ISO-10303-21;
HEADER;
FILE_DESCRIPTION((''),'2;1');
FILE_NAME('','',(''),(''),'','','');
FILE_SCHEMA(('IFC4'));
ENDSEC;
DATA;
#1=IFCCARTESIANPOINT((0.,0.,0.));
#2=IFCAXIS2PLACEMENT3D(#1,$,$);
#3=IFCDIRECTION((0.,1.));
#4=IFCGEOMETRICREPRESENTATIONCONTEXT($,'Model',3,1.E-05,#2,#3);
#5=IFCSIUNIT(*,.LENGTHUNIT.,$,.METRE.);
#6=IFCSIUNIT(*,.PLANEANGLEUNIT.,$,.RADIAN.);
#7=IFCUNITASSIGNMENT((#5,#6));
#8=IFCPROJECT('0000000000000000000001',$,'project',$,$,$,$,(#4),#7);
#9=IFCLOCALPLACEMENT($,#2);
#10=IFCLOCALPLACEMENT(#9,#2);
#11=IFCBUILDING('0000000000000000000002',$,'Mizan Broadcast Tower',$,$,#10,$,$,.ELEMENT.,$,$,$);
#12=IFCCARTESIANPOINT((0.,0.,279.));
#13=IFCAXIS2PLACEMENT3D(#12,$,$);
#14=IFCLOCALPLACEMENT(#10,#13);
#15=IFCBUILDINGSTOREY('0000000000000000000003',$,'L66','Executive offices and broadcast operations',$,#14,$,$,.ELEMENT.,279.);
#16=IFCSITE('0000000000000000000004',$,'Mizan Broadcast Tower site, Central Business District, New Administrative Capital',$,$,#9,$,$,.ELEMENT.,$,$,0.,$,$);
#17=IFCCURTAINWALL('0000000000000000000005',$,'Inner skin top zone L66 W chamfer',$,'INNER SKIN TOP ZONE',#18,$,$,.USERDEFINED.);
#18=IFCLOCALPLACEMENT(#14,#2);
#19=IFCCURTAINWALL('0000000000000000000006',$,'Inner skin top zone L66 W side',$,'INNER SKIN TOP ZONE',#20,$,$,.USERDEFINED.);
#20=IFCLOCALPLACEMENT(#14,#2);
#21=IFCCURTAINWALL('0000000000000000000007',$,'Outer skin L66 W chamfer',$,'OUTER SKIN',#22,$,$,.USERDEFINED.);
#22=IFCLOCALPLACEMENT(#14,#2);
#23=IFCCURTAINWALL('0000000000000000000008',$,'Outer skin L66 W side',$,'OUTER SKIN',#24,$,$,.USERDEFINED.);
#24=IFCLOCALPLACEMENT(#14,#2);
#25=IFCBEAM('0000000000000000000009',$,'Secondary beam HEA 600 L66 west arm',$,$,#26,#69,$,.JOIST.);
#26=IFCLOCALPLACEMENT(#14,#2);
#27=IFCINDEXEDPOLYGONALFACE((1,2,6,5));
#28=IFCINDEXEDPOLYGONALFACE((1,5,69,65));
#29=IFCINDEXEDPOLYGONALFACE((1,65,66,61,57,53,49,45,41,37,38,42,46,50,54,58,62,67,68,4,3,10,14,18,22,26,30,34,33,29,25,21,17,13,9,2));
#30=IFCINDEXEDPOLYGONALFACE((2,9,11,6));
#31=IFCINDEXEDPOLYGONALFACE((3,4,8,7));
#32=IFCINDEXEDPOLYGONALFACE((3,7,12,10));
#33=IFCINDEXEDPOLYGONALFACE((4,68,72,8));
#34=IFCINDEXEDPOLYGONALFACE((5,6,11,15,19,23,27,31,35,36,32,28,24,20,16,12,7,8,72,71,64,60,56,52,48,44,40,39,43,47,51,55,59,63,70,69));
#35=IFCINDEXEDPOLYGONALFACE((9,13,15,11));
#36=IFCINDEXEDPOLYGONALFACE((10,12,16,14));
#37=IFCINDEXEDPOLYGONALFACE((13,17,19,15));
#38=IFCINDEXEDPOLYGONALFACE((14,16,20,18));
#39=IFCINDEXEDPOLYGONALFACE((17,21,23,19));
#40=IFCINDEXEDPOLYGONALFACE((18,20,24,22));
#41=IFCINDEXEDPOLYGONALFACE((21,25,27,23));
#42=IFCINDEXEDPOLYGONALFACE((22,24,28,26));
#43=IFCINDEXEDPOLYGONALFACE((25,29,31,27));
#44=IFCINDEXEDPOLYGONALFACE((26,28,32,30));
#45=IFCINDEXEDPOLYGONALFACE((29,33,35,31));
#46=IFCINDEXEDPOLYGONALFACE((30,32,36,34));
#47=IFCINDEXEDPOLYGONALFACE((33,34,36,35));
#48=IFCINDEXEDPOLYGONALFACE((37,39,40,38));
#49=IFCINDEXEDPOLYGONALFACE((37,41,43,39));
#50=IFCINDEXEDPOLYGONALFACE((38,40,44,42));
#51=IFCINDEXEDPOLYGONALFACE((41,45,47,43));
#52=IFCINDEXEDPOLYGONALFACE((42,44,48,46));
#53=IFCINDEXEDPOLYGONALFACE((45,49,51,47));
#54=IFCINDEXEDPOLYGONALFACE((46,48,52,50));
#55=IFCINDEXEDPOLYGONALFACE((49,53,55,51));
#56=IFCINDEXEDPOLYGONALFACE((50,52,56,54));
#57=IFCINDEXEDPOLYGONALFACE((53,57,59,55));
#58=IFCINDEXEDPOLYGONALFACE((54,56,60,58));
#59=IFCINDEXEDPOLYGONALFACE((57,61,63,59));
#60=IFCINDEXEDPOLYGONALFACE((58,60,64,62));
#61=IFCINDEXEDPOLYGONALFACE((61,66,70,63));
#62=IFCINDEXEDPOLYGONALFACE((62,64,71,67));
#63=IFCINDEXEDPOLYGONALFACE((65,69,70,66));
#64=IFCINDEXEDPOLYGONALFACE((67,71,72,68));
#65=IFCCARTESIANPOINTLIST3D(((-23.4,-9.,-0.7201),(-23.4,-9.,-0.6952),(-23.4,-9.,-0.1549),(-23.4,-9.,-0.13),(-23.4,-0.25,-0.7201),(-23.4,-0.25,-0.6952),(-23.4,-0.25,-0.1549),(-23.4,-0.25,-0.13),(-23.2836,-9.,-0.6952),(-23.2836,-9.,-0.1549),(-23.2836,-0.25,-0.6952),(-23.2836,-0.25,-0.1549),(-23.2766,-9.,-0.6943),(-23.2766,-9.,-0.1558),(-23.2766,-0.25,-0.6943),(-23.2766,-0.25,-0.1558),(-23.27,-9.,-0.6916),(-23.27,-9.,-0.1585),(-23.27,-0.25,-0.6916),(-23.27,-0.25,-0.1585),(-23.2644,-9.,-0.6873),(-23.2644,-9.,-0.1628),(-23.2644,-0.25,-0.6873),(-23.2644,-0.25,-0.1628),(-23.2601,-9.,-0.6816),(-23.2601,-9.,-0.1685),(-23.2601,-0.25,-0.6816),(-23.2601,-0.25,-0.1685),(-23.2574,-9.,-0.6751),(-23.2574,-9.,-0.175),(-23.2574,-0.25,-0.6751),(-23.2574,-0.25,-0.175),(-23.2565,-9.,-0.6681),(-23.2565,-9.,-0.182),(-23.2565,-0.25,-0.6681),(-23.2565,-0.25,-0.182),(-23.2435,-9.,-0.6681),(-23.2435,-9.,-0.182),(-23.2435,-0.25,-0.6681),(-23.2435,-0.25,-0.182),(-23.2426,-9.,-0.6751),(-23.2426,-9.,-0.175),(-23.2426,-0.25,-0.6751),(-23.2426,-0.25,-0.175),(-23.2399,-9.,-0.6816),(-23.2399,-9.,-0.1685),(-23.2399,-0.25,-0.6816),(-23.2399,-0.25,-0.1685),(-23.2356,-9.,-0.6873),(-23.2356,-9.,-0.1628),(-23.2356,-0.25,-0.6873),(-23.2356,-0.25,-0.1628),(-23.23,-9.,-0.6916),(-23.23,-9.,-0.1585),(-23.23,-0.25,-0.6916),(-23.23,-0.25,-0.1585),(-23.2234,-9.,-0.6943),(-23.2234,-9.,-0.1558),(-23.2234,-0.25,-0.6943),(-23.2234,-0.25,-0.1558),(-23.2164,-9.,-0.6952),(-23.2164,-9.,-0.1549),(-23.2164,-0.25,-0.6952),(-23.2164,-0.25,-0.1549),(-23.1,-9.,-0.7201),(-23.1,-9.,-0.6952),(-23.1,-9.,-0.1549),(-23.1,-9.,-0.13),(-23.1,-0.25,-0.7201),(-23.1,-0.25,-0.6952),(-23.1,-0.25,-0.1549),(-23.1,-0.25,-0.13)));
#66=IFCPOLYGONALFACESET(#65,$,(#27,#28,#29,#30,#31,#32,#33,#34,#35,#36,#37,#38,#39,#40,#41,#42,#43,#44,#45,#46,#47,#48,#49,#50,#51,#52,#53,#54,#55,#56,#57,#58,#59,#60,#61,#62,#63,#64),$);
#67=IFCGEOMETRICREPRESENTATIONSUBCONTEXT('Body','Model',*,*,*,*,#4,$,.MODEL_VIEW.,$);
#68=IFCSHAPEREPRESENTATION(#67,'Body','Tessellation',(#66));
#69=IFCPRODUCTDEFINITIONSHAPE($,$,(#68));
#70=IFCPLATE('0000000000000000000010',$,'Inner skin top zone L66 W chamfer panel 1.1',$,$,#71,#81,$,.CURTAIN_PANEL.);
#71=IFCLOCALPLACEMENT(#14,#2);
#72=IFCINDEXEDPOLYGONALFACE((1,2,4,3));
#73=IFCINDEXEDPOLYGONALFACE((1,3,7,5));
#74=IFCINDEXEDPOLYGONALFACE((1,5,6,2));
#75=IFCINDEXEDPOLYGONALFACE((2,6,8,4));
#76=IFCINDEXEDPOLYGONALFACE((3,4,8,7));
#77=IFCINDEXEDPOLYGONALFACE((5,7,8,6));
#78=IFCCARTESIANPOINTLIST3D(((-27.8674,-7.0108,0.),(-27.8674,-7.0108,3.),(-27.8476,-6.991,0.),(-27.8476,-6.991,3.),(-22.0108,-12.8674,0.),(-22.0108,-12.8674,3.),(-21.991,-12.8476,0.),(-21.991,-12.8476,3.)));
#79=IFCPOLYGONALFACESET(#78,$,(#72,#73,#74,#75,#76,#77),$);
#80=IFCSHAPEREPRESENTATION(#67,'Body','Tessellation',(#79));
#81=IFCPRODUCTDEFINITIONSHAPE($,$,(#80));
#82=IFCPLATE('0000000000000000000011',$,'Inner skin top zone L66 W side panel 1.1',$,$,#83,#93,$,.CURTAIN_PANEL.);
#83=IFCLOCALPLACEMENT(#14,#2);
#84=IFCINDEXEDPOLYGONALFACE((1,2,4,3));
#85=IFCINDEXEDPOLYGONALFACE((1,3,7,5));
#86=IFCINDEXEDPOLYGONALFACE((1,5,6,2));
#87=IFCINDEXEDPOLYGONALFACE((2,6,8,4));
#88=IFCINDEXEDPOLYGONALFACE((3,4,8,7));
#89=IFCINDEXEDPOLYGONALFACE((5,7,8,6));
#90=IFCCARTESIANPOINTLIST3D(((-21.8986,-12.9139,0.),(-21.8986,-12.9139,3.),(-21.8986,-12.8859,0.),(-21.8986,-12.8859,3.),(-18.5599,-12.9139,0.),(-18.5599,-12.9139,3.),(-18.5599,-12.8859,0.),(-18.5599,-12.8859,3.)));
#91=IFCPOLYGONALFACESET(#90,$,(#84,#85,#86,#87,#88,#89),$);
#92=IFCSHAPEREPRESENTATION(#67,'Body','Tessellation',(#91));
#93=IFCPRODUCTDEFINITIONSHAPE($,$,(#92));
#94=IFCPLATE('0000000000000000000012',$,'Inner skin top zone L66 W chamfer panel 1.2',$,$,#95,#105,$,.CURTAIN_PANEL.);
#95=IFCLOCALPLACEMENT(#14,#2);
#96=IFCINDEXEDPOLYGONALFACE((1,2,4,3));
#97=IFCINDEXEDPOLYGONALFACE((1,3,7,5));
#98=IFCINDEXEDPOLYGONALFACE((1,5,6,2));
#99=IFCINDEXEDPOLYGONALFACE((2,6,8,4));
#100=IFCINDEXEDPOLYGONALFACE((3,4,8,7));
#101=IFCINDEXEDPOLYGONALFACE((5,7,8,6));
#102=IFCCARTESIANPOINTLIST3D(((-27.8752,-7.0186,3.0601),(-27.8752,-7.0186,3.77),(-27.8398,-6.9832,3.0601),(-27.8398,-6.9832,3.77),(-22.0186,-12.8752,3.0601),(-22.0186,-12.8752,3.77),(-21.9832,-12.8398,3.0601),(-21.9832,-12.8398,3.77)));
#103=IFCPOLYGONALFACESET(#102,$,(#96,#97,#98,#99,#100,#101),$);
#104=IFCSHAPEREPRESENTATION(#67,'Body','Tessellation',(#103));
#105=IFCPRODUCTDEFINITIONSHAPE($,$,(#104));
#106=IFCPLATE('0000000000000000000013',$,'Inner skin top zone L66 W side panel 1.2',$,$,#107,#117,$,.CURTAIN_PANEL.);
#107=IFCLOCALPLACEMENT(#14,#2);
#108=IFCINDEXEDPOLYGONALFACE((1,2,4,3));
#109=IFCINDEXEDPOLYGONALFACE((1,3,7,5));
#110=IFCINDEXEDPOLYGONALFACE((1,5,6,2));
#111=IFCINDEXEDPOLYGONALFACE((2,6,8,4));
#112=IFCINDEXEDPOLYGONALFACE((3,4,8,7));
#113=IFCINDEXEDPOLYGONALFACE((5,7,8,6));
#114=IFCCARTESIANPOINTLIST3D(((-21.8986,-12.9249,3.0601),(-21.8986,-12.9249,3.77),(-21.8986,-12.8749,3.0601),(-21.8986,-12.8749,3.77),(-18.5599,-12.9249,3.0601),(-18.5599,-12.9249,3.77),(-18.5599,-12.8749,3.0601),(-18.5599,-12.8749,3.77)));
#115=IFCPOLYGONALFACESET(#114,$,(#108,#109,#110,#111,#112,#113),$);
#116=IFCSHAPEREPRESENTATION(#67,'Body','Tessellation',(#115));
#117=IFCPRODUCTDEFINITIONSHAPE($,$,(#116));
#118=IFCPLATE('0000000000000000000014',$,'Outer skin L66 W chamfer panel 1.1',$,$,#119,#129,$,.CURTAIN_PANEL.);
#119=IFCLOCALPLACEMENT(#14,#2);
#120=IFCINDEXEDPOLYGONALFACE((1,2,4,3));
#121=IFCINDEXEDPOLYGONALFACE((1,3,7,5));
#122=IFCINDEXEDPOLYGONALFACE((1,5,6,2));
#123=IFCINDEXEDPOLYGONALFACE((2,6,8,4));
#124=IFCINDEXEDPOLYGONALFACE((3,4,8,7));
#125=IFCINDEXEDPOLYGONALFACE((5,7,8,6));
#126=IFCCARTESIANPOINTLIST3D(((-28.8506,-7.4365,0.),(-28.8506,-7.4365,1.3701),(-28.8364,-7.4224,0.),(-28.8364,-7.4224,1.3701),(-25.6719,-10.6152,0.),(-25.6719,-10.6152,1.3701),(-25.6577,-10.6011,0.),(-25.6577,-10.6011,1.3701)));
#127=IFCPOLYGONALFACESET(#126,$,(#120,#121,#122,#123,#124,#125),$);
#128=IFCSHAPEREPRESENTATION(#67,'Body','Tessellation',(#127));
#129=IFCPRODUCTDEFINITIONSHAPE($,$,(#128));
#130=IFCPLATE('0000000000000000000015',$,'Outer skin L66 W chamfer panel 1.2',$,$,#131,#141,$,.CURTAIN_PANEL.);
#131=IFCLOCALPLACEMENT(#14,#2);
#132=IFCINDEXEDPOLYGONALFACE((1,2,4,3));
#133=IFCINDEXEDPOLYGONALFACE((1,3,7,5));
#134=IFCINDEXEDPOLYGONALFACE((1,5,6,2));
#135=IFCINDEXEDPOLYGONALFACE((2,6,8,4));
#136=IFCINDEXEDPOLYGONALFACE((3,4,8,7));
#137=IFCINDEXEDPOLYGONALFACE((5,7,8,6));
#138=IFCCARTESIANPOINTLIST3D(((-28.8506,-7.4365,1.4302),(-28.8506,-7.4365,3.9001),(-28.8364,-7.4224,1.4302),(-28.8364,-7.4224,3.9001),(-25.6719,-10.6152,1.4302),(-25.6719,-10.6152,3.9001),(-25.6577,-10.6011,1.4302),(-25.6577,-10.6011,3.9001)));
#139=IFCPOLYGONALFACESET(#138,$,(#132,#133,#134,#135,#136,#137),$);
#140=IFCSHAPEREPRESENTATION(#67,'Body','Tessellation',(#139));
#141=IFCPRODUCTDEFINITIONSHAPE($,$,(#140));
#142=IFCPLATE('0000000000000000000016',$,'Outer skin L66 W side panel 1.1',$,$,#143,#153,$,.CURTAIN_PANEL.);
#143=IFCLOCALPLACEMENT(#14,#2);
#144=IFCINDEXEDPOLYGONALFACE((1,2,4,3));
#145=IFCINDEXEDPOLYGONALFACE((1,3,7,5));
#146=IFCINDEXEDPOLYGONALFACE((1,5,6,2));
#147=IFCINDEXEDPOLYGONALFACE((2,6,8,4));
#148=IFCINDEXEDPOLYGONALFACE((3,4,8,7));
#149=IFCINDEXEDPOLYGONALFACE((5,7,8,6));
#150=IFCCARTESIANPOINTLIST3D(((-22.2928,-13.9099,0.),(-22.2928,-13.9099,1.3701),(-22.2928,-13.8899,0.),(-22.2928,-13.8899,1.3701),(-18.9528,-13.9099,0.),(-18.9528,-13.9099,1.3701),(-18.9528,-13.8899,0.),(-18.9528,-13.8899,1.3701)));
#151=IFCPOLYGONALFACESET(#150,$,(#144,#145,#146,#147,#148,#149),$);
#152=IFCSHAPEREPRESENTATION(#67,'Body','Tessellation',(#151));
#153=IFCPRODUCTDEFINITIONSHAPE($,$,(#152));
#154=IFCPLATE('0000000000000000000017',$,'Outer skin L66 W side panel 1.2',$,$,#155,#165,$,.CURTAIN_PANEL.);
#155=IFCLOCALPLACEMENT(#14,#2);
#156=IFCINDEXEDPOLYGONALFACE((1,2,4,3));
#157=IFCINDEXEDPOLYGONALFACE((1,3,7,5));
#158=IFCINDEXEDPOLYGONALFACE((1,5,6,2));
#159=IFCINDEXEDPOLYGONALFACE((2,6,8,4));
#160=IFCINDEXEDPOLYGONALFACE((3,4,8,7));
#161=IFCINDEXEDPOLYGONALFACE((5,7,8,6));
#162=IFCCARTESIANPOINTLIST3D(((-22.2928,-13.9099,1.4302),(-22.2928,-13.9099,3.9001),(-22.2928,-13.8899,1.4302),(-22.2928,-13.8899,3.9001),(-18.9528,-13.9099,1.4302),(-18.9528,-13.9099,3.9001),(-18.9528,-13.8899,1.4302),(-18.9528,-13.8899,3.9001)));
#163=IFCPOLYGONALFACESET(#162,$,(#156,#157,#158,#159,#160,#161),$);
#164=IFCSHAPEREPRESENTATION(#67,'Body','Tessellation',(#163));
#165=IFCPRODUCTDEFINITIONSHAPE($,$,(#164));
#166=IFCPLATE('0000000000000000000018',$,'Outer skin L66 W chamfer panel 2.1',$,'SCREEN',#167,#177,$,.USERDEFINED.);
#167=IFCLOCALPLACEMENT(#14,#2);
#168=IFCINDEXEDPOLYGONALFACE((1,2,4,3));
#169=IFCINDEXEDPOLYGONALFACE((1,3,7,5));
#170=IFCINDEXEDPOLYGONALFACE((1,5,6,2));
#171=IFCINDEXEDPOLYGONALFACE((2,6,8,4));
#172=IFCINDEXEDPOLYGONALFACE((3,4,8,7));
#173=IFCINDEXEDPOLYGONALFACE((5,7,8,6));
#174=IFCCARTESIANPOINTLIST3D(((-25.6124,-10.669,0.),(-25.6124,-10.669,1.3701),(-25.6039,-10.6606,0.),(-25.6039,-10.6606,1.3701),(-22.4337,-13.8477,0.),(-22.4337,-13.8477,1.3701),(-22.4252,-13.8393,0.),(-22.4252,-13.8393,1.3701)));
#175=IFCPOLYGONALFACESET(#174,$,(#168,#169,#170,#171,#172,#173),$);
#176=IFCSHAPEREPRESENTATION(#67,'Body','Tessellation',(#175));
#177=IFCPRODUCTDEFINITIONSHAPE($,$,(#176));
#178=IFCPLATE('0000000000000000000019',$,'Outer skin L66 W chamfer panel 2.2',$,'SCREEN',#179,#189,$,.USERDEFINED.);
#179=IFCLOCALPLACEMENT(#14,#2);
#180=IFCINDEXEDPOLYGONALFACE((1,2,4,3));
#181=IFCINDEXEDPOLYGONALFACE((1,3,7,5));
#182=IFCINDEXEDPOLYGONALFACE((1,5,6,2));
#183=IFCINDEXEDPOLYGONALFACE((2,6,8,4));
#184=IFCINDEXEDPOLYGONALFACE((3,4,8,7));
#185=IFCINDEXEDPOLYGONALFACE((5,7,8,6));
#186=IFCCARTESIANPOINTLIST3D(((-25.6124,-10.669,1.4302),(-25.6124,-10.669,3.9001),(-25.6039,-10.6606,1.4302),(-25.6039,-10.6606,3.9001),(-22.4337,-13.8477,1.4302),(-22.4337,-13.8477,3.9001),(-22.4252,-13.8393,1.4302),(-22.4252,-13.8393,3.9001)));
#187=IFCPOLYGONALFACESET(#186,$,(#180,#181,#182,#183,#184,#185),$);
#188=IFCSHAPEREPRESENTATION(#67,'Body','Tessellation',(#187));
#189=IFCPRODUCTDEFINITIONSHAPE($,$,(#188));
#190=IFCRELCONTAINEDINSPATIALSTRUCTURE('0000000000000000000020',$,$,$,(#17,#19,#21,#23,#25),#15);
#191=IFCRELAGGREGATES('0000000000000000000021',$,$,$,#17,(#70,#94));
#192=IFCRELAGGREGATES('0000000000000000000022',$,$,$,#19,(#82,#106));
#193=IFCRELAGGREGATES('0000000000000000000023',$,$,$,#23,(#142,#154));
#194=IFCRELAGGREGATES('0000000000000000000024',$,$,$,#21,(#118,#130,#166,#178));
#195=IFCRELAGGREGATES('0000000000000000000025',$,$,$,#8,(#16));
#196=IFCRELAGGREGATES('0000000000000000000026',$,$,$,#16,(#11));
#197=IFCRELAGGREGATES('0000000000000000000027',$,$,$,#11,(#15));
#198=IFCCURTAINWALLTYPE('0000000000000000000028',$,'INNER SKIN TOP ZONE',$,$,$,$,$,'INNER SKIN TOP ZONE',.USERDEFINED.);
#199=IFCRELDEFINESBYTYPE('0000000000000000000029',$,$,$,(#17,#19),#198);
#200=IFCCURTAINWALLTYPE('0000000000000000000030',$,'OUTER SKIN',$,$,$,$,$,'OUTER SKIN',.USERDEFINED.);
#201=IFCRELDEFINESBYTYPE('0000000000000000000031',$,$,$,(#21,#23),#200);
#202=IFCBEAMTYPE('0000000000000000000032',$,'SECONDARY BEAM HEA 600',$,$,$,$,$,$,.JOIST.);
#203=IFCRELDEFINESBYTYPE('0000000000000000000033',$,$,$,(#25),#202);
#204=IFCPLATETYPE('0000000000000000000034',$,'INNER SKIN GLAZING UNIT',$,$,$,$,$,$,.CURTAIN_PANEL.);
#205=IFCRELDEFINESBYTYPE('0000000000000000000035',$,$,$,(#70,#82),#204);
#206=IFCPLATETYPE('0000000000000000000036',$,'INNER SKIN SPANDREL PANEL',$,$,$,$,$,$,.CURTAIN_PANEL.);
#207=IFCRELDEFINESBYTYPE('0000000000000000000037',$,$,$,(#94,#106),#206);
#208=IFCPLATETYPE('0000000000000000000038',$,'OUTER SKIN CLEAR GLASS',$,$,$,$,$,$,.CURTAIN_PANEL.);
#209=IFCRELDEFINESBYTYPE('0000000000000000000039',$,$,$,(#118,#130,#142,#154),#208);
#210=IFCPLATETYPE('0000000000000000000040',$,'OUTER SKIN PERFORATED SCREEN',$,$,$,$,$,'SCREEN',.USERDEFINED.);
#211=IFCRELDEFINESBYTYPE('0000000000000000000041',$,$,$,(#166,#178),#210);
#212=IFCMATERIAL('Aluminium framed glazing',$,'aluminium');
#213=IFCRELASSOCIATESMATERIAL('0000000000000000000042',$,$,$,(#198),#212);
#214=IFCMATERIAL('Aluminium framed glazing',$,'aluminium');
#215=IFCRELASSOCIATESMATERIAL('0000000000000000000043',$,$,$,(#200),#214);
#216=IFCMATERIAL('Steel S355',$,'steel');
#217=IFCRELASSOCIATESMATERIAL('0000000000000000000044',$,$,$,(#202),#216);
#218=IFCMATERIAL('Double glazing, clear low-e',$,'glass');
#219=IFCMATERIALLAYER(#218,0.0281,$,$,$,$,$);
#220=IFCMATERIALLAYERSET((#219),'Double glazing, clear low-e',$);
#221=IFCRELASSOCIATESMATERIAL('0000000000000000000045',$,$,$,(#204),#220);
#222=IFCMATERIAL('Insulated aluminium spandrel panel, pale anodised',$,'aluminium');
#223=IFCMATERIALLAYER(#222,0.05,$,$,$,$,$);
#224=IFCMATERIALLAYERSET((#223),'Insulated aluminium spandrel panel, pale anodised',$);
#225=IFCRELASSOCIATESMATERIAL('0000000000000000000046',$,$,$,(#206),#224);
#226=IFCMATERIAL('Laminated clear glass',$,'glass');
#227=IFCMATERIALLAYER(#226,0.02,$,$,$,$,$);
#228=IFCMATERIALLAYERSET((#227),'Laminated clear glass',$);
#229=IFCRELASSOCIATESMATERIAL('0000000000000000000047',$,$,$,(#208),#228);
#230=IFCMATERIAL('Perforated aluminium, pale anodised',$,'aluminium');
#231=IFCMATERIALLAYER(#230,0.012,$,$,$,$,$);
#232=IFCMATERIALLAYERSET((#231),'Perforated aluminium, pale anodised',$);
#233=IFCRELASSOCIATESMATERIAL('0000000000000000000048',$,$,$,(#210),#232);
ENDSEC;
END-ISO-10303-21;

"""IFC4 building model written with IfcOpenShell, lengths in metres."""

from ifc_helpers import new_model, si_unit, direction, frame, origin, origin_2d, place, context, subcontext, project, spatial, rectangle, i_section, extrude, material, layer, layer_set, material_profile, profile_set, type_object, element, aggregate, save


model = new_model("IFC4")

# Units and contexts
model_context = context("Model", 3, precision=1e-05, world=origin(), true_north=direction((0.0, 1.0)))
body_context = subcontext(model_context, "Body", "Model", "MODEL_VIEW")
ifc_project = project(units=[si_unit("LENGTHUNIT", "METRE"), si_unit("PLANEANGLEUNIT", "RADIAN")], contexts=[model_context])

# Site, building, storey
site_placement = place(None, origin())
site = spatial("IfcSite", under=ifc_project, at=site_placement, Name="Mizan Broadcast Tower site, Central Business District, New Administrative Capital", CompositionType="ELEMENT", RefElevation=0.0)
building_placement = place(site_placement, origin())
building = spatial("IfcBuilding", under=site, at=building_placement, Name="Mizan Broadcast Tower", CompositionType="ELEMENT")
storey_placement = place(building_placement, frame((0.0, 0.0, 279.0)))
storey = spatial("IfcBuildingStorey", under=building, at=storey_placement, Name="L66", Description="Executive offices and broadcast operations", CompositionType="ELEMENT", Elevation=279.0)

# Curtain walls
ifc_material_1 = material(Name="Aluminium framed glazing", Category="aluminium")
curtain_wall_type_1 = type_object("IfcCurtainWallType", Name="INNER SKIN TOP ZONE", ElementType="INNER SKIN TOP ZONE", PredefinedType="USERDEFINED", material=ifc_material_1)
curtain_wall_1_placement = place(storey_placement, origin())
curtain_wall_1 = element("IfcCurtainWall", 1, at=curtain_wall_1_placement, inside=storey, type_object=curtain_wall_type_1, Name="Inner skin top zone L66 W chamfer", ObjectType="INNER SKIN TOP ZONE", PredefinedType="USERDEFINED")
curtain_wall_2_placement = place(storey_placement, origin())
curtain_wall_2 = element("IfcCurtainWall", 2, at=curtain_wall_2_placement, inside=storey, type_object=curtain_wall_type_1, Name="Inner skin top zone L66 W side", ObjectType="INNER SKIN TOP ZONE", PredefinedType="USERDEFINED")

# Curtain wall
ifc_material_2 = material(Name="Aluminium framed glazing", Category="aluminium")
curtain_wall_type_2 = type_object("IfcCurtainWallType", Name="OUTER SKIN", ElementType="OUTER SKIN", PredefinedType="USERDEFINED", material=ifc_material_2)
curtain_wall_3_placement = place(storey_placement, origin())
curtain_wall_3 = element("IfcCurtainWall", 3, at=curtain_wall_3_placement, inside=storey, type_object=curtain_wall_type_2, Name="Outer skin L66 W chamfer", ObjectType="OUTER SKIN", PredefinedType="USERDEFINED")

# Curtain wall
curtain_wall_4_placement = place(storey_placement, origin())
curtain_wall_4 = element("IfcCurtainWall", 4, at=curtain_wall_4_placement, inside=storey, type_object=curtain_wall_type_2, Name="Outer skin L66 W side", ObjectType="OUTER SKIN", PredefinedType="USERDEFINED")

# Beam
ifc_material_3 = material(Name="Steel S355", Category="steel")
ifc_material_profile_1 = material_profile(ifc_material_3, i_section(OverallWidth=0.3, OverallDepth=0.5901, WebThickness=0.0129, FlangeThickness=0.0249, FilletRadius=0.0271, at=origin_2d()), Name="HEA 600")
ifc_profile_set_1 = profile_set([ifc_material_profile_1], Name="Steel S355")
beam_type_1 = type_object("IfcBeamType", Name="SECONDARY BEAM HEA 600", PredefinedType="JOIST", material=ifc_profile_set_1)
beam_1_placement = place(storey_placement, frame((-23.25, -9.0, -0.425), z_axis=(0.0, 1.0, 0.0), x_axis=(-1.0, 0.0, 0.0)))
element("IfcBeam", 5, at=beam_1_placement, inside=storey, type_object=beam_type_1, Name="Secondary beam HEA 600 L66 west arm", PredefinedType="JOIST", context=body_context, shape_type="SweptSolid", body=[
    extrude(i_section(OverallWidth=0.3, OverallDepth=0.5901, WebThickness=0.0129, FlangeThickness=0.0249, FilletRadius=0.0271, at=origin_2d()), origin(), (0.0, 0.0, 1.0), 8.75),
])

# Plates
ifc_material_4 = material(Name="Double glazing, clear low-e", Category="glass")
ifc_layer_1 = layer(ifc_material_4, 0.0281)
ifc_layer_set_1 = layer_set([ifc_layer_1], Name="Double glazing, clear low-e")
plate_type_1 = type_object("IfcPlateType", Name="INNER SKIN GLAZING UNIT", PredefinedType="CURTAIN_PANEL", material=ifc_layer_set_1)
plate_1_placement = place(storey_placement, frame((-24.9292, -9.9292, 0.0), z_axis=(0.0, 0.0, 1.0), x_axis=(0.707107, -0.707107, 0.0)))
plate_1 = element("IfcPlate", 6, at=plate_1_placement, type_object=plate_type_1, Name="Inner skin top zone L66 W chamfer panel 1.1", PredefinedType="CURTAIN_PANEL", context=body_context, shape_type="SweptSolid", body=[
    extrude(rectangle(XDim=8.2825, YDim=0.0281, at=origin_2d()), origin(), (0.0, 0.0, 1.0), 3.0),
])
plate_2_placement = place(storey_placement, frame((-20.2292, -12.8999, 0.0), z_axis=(0.0, 0.0, 1.0), x_axis=(1.0, 0.0, 0.0)))
plate_2 = element("IfcPlate", 7, at=plate_2_placement, type_object=plate_type_1, Name="Inner skin top zone L66 W side panel 1.1", PredefinedType="CURTAIN_PANEL", context=body_context, shape_type="SweptSolid", body=[
    extrude(rectangle(XDim=3.3386, YDim=0.0281, at=origin_2d()), origin(), (0.0, 0.0, 1.0), 3.0),
])
ifc_material_5 = material(Name="Insulated aluminium spandrel panel, pale anodised", Category="aluminium")
ifc_layer_2 = layer(ifc_material_5, 0.05)
ifc_layer_set_2 = layer_set([ifc_layer_2], Name="Insulated aluminium spandrel panel, pale anodised")
plate_type_2 = type_object("IfcPlateType", Name="INNER SKIN SPANDREL PANEL", PredefinedType="CURTAIN_PANEL", material=ifc_layer_set_2)
plate_3_placement = place(storey_placement, frame((-24.9292, -9.9292, 3.0601), z_axis=(0.0, 0.0, 1.0), x_axis=(0.707107, -0.707107, 0.0)))
plate_3 = element("IfcPlate", 8, at=plate_3_placement, type_object=plate_type_2, Name="Inner skin top zone L66 W chamfer panel 1.2", PredefinedType="CURTAIN_PANEL", context=body_context, shape_type="SweptSolid", body=[
    extrude(rectangle(XDim=8.2825, YDim=0.05, at=origin_2d()), origin(), (0.0, 0.0, 1.0), 0.71),
])
aggregate(curtain_wall_1, [plate_1, plate_3])
plate_4_placement = place(storey_placement, frame((-20.2292, -12.8999, 3.0601), z_axis=(0.0, 0.0, 1.0), x_axis=(1.0, 0.0, 0.0)))
plate_4 = element("IfcPlate", 9, at=plate_4_placement, type_object=plate_type_2, Name="Inner skin top zone L66 W side panel 1.2", PredefinedType="CURTAIN_PANEL", context=body_context, shape_type="SweptSolid", body=[
    extrude(rectangle(XDim=3.3386, YDim=0.05, at=origin_2d()), origin(), (0.0, 0.0, 1.0), 0.71),
])
aggregate(curtain_wall_2, [plate_2, plate_4])
ifc_material_6 = material(Name="Laminated clear glass", Category="glass")
ifc_layer_3 = layer(ifc_material_6, 0.02)
ifc_layer_set_3 = layer_set([ifc_layer_3], Name="Laminated clear glass")
plate_type_3 = type_object("IfcPlateType", Name="OUTER SKIN CLEAR GLASS", PredefinedType="CURTAIN_PANEL", material=ifc_layer_set_3)
plate_5_placement = place(storey_placement, frame((-27.2542, -9.0188, 0.0), z_axis=(0.0, 0.0, 1.0), x_axis=(0.707107, -0.707107, 0.0)))
plate_5 = element("IfcPlate", 10, at=plate_5_placement, type_object=plate_type_3, Name="Outer skin L66 W chamfer panel 1.1", PredefinedType="CURTAIN_PANEL", context=body_context, shape_type="SweptSolid", body=[
    extrude(rectangle(XDim=4.4954, YDim=0.02, at=origin_2d()), origin(), (0.0, 0.0, 1.0), 1.3701),
])
plate_6_placement = place(storey_placement, frame((-27.2542, -9.0188, 1.4302), z_axis=(0.0, 0.0, 1.0), x_axis=(0.707107, -0.707107, 0.0)))
plate_6 = element("IfcPlate", 11, at=plate_6_placement, type_object=plate_type_3, Name="Outer skin L66 W chamfer panel 1.2", PredefinedType="CURTAIN_PANEL", context=body_context, shape_type="SweptSolid", body=[
    extrude(rectangle(XDim=4.4954, YDim=0.02, at=origin_2d()), origin(), (0.0, 0.0, 1.0), 2.47),
])
plate_7_placement = place(storey_placement, frame((-20.6228, -13.8999, 0.0), z_axis=(0.0, 0.0, 1.0), x_axis=(1.0, 0.0, 0.0)))
plate_7 = element("IfcPlate", 12, at=plate_7_placement, type_object=plate_type_3, Name="Outer skin L66 W side panel 1.1", PredefinedType="CURTAIN_PANEL", context=body_context, shape_type="SweptSolid", body=[
    extrude(rectangle(XDim=3.3401, YDim=0.02, at=origin_2d()), origin(), (0.0, 0.0, 1.0), 1.3701),
])
plate_8_placement = place(storey_placement, frame((-20.6228, -13.8999, 1.4302), z_axis=(0.0, 0.0, 1.0), x_axis=(1.0, 0.0, 0.0)))
plate_8 = element("IfcPlate", 13, at=plate_8_placement, type_object=plate_type_3, Name="Outer skin L66 W side panel 1.2", PredefinedType="CURTAIN_PANEL", context=body_context, shape_type="SweptSolid", body=[
    extrude(rectangle(XDim=3.3401, YDim=0.02, at=origin_2d()), origin(), (0.0, 0.0, 1.0), 2.47),
])
aggregate(curtain_wall_4, [plate_7, plate_8])
ifc_material_7 = material(Name="Perforated aluminium, pale anodised", Category="aluminium")
ifc_layer_4 = layer(ifc_material_7, 0.012)
ifc_layer_set_4 = layer_set([ifc_layer_4], Name="Perforated aluminium, pale anodised")
plate_type_4 = type_object("IfcPlateType", Name="OUTER SKIN PERFORATED SCREEN", ElementType="SCREEN", PredefinedType="USERDEFINED", material=ifc_layer_set_4)
plate_9_placement = place(storey_placement, frame((-24.0188, -12.2542, 0.0), z_axis=(0.0, 0.0, 1.0), x_axis=(0.707107, -0.707107, 0.0)))
plate_9 = element("IfcPlate", 14, at=plate_9_placement, type_object=plate_type_4, Name="Outer skin L66 W chamfer panel 2.1", ObjectType="SCREEN", PredefinedType="USERDEFINED", context=body_context, shape_type="SweptSolid", body=[
    extrude(rectangle(XDim=4.4954, YDim=0.012, at=origin_2d()), origin(), (0.0, 0.0, 1.0), 1.3701),
])
plate_10_placement = place(storey_placement, frame((-24.0188, -12.2542, 1.4302), z_axis=(0.0, 0.0, 1.0), x_axis=(0.707107, -0.707107, 0.0)))
plate_10 = element("IfcPlate", 15, at=plate_10_placement, type_object=plate_type_4, Name="Outer skin L66 W chamfer panel 2.2", ObjectType="SCREEN", PredefinedType="USERDEFINED", context=body_context, shape_type="SweptSolid", body=[
    extrude(rectangle(XDim=4.4954, YDim=0.012, at=origin_2d()), origin(), (0.0, 0.0, 1.0), 2.47),
])
aggregate(curtain_wall_3, [plate_5, plate_6, plate_9, plate_10])

save(model, "model.ifc")
